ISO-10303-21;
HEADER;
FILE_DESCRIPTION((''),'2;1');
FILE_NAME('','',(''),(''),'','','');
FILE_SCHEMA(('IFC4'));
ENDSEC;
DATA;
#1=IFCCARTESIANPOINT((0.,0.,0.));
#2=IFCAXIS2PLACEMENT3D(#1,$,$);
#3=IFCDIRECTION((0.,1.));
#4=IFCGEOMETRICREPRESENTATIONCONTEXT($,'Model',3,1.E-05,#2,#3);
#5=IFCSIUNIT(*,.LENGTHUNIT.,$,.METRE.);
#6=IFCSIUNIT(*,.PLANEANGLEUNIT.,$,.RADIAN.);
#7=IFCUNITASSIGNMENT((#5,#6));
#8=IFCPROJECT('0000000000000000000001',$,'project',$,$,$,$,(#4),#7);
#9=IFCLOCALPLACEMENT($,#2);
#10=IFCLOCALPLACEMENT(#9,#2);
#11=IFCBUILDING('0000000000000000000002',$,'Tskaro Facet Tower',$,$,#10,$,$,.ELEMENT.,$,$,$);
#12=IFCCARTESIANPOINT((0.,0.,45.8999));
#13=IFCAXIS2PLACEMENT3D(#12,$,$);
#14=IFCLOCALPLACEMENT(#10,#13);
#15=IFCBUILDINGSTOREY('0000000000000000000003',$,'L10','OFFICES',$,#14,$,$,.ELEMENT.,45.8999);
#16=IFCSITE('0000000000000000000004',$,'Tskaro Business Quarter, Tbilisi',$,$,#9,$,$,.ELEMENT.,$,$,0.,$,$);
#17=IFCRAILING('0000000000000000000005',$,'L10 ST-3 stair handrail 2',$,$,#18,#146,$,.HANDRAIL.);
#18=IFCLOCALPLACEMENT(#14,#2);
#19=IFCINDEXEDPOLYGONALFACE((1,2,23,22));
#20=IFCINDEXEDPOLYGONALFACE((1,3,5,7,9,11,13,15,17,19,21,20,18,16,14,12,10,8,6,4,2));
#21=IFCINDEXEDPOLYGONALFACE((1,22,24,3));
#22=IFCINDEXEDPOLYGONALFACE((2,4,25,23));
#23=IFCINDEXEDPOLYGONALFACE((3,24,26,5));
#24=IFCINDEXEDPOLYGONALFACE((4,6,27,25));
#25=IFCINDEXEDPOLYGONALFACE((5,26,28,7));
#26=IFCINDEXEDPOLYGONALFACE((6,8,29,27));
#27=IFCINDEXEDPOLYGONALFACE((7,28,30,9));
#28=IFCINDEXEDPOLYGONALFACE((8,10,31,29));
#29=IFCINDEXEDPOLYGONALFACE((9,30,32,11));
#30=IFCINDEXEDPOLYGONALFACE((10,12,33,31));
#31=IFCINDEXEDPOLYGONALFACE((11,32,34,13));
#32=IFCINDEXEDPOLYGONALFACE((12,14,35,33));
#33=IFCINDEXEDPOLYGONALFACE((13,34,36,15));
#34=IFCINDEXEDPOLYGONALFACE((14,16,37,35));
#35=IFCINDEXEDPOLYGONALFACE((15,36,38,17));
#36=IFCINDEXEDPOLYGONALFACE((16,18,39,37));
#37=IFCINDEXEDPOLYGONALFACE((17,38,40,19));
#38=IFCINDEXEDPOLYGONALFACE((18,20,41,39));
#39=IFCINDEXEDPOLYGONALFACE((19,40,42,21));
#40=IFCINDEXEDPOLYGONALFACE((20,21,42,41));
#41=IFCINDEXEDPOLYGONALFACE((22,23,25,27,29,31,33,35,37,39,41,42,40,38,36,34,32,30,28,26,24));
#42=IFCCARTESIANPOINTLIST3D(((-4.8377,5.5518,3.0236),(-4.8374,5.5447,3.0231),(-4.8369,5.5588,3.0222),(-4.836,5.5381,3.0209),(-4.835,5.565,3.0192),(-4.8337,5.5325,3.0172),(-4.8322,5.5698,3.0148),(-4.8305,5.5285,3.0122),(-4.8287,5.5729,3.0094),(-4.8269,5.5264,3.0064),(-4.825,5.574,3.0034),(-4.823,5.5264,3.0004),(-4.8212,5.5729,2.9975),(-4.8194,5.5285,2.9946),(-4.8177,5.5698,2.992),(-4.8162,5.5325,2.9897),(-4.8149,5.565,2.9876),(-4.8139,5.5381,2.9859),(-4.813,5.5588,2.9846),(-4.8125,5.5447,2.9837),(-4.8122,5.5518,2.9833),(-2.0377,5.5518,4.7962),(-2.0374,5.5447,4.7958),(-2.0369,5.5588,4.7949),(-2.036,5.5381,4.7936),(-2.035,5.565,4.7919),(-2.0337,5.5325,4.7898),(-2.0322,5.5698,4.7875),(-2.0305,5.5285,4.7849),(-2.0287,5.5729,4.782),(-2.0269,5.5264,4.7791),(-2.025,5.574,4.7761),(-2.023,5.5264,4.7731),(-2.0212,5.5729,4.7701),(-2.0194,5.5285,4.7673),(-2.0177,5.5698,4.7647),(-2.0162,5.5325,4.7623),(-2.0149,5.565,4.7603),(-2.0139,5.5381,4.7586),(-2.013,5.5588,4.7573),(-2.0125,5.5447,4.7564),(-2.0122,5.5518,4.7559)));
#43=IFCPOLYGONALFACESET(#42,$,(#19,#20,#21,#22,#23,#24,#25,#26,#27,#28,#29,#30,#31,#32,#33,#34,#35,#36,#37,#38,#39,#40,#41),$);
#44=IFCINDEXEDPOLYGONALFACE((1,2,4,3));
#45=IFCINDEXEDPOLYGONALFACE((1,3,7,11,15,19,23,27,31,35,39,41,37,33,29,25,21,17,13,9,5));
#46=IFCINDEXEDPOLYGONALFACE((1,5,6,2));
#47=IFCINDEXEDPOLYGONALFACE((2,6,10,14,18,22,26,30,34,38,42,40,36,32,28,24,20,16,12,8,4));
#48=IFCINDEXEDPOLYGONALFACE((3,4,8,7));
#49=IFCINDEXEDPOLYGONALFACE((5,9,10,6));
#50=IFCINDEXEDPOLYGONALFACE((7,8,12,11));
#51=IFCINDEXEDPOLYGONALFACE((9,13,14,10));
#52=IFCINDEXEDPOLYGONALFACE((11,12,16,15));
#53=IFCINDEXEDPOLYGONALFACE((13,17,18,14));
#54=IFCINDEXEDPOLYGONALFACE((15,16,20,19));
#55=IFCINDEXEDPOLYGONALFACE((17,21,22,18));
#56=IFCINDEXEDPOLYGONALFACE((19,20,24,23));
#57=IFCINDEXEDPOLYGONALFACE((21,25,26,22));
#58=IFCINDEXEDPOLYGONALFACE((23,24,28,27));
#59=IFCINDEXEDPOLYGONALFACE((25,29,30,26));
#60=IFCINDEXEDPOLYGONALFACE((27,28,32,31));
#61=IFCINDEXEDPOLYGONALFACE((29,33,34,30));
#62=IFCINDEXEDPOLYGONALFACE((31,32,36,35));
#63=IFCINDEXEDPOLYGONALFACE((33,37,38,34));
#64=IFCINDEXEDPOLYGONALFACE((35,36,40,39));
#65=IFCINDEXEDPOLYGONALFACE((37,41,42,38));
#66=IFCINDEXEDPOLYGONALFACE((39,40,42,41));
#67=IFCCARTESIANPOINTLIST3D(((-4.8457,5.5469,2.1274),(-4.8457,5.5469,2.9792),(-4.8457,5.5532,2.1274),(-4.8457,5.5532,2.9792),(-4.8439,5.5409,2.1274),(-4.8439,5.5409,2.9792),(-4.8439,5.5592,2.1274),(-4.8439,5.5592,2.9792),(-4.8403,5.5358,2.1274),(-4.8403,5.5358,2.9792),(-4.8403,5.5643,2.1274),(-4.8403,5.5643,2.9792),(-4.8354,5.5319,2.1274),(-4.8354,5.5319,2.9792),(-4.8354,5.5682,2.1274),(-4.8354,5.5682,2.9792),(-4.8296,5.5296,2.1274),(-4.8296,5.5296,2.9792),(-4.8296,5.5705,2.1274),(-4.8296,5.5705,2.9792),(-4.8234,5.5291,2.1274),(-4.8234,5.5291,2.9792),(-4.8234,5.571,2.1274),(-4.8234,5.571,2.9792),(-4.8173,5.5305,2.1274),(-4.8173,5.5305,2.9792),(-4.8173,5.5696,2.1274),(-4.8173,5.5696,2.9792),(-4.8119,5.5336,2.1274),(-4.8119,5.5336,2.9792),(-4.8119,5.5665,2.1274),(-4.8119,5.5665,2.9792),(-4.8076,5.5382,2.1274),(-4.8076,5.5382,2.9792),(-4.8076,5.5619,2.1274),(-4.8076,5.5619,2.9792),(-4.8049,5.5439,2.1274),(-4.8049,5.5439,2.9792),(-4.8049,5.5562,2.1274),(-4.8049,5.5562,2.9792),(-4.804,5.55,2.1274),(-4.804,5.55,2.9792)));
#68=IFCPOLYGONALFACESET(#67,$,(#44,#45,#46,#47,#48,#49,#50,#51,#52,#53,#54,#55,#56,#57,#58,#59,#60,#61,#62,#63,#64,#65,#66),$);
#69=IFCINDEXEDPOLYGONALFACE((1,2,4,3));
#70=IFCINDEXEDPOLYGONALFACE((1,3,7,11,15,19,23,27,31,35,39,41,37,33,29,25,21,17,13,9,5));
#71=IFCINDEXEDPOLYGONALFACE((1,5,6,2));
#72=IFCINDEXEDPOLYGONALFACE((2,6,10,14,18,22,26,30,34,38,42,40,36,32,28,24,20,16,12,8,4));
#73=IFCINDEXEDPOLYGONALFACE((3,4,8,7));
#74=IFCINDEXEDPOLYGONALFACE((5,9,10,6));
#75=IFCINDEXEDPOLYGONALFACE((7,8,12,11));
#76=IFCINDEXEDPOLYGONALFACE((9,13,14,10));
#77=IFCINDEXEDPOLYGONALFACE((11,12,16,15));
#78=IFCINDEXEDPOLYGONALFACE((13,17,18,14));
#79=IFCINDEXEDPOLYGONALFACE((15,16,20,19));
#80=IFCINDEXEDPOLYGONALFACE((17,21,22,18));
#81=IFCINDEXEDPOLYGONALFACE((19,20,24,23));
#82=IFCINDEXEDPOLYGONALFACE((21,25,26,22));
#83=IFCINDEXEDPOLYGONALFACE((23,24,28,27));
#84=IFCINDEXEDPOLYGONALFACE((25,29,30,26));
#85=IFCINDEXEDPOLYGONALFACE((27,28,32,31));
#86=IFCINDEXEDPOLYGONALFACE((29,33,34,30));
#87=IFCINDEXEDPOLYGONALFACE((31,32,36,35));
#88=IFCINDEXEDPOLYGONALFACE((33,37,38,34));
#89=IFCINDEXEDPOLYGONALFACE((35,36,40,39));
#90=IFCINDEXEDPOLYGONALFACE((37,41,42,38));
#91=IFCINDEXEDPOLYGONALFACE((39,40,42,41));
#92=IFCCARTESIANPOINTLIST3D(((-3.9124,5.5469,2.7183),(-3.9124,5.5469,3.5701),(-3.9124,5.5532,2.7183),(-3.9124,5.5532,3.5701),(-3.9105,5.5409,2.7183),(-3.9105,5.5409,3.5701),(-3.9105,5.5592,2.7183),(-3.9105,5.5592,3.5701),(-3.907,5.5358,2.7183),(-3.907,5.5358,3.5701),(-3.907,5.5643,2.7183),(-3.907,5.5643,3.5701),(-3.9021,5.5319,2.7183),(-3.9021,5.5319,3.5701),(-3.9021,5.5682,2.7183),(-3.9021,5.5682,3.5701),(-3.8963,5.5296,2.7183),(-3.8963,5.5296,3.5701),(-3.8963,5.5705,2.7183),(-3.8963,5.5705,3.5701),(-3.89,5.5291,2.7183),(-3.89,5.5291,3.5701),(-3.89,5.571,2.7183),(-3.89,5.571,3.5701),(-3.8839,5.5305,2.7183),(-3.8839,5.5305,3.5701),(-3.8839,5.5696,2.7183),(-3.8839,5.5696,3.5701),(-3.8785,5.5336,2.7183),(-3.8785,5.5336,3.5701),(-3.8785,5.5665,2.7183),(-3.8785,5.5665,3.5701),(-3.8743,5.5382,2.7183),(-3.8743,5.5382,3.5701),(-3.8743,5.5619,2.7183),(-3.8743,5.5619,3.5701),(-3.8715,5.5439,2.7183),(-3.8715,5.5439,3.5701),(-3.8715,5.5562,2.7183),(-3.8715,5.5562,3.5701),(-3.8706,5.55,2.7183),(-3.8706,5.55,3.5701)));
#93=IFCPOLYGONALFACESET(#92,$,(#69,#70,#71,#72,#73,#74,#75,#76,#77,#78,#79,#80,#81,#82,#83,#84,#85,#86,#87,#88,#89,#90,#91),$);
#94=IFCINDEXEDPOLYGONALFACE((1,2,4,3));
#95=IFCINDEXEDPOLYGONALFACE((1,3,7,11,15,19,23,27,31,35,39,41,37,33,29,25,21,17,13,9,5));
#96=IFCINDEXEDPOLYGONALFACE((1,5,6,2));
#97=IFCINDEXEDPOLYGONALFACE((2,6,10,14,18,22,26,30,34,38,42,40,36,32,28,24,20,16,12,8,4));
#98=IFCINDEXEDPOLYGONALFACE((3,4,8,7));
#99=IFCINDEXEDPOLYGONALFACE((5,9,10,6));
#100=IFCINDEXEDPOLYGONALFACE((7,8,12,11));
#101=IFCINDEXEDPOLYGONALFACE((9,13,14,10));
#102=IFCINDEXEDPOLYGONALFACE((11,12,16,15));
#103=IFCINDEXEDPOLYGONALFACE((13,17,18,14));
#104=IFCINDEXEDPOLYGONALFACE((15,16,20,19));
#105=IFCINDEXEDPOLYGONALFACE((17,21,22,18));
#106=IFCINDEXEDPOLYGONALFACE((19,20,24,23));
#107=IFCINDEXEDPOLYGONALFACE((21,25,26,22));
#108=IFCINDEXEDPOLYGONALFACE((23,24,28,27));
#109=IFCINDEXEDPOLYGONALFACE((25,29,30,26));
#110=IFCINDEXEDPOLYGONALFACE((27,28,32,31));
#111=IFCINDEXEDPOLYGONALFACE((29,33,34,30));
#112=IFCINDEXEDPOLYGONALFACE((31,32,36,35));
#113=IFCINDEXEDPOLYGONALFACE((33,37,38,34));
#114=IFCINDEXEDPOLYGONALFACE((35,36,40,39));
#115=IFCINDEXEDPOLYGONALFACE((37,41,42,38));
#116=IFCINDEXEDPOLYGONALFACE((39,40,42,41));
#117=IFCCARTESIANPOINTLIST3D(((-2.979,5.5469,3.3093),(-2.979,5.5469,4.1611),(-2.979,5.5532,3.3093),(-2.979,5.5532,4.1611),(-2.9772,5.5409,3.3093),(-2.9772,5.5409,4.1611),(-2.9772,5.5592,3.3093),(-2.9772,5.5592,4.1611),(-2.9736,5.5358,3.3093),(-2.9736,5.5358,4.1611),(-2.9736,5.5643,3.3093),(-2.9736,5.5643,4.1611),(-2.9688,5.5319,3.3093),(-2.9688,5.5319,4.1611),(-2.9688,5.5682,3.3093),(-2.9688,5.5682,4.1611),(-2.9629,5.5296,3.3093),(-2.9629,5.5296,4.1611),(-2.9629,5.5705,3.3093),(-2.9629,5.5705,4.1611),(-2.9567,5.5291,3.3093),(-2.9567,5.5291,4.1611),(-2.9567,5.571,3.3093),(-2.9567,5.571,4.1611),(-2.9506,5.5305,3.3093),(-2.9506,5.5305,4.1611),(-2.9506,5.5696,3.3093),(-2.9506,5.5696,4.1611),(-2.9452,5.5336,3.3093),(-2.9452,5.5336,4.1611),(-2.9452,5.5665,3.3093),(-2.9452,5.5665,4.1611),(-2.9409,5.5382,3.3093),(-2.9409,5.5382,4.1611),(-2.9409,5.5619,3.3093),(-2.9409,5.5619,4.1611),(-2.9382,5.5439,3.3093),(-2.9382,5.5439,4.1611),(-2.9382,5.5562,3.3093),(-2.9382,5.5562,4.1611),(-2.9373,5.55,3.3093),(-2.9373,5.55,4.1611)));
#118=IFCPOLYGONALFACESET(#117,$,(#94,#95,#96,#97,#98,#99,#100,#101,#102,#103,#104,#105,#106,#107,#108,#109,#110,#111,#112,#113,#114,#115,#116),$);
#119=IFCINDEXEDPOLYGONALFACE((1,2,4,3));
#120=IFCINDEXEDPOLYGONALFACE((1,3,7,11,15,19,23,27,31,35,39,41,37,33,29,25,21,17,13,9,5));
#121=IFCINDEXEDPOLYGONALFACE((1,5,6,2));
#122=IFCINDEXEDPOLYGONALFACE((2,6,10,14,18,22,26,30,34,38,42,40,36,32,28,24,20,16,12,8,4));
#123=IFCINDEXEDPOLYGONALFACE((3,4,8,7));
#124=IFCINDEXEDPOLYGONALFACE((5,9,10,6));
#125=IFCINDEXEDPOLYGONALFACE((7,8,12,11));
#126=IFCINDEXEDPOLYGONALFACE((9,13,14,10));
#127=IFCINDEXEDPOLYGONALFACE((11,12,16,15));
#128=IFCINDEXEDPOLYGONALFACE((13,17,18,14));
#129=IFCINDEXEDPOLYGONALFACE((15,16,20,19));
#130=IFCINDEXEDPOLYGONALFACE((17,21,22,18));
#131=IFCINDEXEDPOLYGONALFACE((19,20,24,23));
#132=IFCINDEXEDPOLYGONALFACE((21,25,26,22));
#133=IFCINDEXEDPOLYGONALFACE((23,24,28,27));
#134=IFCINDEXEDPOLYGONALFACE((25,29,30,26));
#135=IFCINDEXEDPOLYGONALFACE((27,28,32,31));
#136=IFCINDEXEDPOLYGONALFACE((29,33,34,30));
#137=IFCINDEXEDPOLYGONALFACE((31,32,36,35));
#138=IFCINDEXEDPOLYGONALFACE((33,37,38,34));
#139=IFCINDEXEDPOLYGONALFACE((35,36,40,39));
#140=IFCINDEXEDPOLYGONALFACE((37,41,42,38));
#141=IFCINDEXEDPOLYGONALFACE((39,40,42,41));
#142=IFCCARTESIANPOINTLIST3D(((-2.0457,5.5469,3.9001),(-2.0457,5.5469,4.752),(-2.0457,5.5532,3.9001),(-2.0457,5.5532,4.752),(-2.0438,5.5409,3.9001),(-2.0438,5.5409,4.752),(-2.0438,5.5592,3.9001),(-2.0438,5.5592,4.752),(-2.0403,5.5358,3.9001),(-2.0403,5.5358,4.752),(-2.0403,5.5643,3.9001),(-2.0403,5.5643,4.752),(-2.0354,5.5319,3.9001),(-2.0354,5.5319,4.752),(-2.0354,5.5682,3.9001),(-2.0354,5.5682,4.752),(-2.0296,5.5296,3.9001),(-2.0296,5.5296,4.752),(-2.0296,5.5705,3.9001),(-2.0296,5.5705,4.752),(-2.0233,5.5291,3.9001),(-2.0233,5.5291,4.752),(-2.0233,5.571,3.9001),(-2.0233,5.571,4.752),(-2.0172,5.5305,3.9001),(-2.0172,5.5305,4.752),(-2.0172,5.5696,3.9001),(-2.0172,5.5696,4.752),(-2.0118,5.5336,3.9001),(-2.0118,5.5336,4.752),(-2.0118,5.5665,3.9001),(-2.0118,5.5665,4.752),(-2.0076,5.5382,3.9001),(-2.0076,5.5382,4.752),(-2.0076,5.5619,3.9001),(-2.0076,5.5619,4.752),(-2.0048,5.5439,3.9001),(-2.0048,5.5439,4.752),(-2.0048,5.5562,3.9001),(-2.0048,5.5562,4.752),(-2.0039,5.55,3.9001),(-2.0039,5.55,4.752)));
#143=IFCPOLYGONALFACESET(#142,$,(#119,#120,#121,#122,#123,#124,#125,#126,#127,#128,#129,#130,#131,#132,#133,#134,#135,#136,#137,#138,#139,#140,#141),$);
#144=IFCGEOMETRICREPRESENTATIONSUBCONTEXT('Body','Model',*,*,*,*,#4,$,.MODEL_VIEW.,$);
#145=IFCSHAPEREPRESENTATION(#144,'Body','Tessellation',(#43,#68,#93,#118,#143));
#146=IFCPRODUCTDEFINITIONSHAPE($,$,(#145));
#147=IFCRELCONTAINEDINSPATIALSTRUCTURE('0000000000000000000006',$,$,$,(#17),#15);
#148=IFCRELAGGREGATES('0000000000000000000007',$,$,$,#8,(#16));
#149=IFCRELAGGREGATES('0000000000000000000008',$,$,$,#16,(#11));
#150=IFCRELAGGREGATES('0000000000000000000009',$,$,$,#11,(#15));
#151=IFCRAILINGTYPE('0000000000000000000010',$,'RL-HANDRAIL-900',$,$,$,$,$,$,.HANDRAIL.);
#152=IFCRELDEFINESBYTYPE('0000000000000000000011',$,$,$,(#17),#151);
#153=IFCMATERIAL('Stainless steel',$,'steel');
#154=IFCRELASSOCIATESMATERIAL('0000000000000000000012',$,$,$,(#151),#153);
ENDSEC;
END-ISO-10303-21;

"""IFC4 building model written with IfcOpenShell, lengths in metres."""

from ifc_helpers import new_model, si_unit, direction, frame, origin, origin_2d, place, context, subcontext, project, spatial, circle, extrude, material, type_object, element, save


model = new_model("IFC4")

# Units and contexts
model_context = context("Model", 3, precision=1e-05, world=origin(), true_north=direction((0.0, 1.0)))
body_context = subcontext(model_context, "Body", "Model", "MODEL_VIEW")
ifc_project = project(units=[si_unit("LENGTHUNIT", "METRE"), si_unit("PLANEANGLEUNIT", "RADIAN")], contexts=[model_context])

# Site, building, storey
site_placement = place(None, origin())
site = spatial("IfcSite", under=ifc_project, at=site_placement, Name="Tskaro Business Quarter, Tbilisi", CompositionType="ELEMENT", RefElevation=0.0)
building_placement = place(site_placement, origin())
building = spatial("IfcBuilding", under=site, at=building_placement, Name="Tskaro Facet Tower", CompositionType="ELEMENT")
storey_placement = place(building_placement, frame((0.0, 0.0, 45.8999)))
storey = spatial("IfcBuildingStorey", under=building, at=storey_placement, Name="L10", Description="OFFICES", CompositionType="ELEMENT", Elevation=45.8999)

# Railing
ifc_material_1 = material(Name="Stainless steel", Category="steel")
railing_type_1 = type_object("IfcRailingType", Name="RL-HANDRAIL-900", PredefinedType="HANDRAIL", material=ifc_material_1)
railing_1_placement = place(storey_placement, frame((-4.825, 5.55, 2.1274)))
element("IfcRailing", 1, at=railing_1_placement, inside=storey, type_object=railing_type_1, Name="L10 ST-3 stair handrail 2", PredefinedType="HANDRAIL", context=body_context, shape_type="SweptSolid", body=[
    extrude(circle(Radius=0.0239, at=origin_2d()), frame((0.0, 0.0, 0.876), z_axis=(0.844909, 0.0, 0.53491), x_axis=(0.0, 1.0, 0.0)), (0.0, 0.0, 1.0), 3.314),
    extrude(circle(Radius=0.021, at=origin_2d()), origin(), (0.0, 0.0, 1.0), 0.8518),
    extrude(circle(Radius=0.021, at=origin_2d()), frame((0.9333, 0.0, 0.5908)), (0.0, 0.0, 1.0), 0.8518),
    extrude(circle(Radius=0.021, at=origin_2d()), frame((1.8667, 0.0, 1.1819)), (0.0, 0.0, 1.0), 0.8518),
    extrude(circle(Radius=0.021, at=origin_2d()), frame((2.8, 0.0, 1.7727)), (0.0, 0.0, 1.0), 0.8518),
])

save(model, "model.ifc")
